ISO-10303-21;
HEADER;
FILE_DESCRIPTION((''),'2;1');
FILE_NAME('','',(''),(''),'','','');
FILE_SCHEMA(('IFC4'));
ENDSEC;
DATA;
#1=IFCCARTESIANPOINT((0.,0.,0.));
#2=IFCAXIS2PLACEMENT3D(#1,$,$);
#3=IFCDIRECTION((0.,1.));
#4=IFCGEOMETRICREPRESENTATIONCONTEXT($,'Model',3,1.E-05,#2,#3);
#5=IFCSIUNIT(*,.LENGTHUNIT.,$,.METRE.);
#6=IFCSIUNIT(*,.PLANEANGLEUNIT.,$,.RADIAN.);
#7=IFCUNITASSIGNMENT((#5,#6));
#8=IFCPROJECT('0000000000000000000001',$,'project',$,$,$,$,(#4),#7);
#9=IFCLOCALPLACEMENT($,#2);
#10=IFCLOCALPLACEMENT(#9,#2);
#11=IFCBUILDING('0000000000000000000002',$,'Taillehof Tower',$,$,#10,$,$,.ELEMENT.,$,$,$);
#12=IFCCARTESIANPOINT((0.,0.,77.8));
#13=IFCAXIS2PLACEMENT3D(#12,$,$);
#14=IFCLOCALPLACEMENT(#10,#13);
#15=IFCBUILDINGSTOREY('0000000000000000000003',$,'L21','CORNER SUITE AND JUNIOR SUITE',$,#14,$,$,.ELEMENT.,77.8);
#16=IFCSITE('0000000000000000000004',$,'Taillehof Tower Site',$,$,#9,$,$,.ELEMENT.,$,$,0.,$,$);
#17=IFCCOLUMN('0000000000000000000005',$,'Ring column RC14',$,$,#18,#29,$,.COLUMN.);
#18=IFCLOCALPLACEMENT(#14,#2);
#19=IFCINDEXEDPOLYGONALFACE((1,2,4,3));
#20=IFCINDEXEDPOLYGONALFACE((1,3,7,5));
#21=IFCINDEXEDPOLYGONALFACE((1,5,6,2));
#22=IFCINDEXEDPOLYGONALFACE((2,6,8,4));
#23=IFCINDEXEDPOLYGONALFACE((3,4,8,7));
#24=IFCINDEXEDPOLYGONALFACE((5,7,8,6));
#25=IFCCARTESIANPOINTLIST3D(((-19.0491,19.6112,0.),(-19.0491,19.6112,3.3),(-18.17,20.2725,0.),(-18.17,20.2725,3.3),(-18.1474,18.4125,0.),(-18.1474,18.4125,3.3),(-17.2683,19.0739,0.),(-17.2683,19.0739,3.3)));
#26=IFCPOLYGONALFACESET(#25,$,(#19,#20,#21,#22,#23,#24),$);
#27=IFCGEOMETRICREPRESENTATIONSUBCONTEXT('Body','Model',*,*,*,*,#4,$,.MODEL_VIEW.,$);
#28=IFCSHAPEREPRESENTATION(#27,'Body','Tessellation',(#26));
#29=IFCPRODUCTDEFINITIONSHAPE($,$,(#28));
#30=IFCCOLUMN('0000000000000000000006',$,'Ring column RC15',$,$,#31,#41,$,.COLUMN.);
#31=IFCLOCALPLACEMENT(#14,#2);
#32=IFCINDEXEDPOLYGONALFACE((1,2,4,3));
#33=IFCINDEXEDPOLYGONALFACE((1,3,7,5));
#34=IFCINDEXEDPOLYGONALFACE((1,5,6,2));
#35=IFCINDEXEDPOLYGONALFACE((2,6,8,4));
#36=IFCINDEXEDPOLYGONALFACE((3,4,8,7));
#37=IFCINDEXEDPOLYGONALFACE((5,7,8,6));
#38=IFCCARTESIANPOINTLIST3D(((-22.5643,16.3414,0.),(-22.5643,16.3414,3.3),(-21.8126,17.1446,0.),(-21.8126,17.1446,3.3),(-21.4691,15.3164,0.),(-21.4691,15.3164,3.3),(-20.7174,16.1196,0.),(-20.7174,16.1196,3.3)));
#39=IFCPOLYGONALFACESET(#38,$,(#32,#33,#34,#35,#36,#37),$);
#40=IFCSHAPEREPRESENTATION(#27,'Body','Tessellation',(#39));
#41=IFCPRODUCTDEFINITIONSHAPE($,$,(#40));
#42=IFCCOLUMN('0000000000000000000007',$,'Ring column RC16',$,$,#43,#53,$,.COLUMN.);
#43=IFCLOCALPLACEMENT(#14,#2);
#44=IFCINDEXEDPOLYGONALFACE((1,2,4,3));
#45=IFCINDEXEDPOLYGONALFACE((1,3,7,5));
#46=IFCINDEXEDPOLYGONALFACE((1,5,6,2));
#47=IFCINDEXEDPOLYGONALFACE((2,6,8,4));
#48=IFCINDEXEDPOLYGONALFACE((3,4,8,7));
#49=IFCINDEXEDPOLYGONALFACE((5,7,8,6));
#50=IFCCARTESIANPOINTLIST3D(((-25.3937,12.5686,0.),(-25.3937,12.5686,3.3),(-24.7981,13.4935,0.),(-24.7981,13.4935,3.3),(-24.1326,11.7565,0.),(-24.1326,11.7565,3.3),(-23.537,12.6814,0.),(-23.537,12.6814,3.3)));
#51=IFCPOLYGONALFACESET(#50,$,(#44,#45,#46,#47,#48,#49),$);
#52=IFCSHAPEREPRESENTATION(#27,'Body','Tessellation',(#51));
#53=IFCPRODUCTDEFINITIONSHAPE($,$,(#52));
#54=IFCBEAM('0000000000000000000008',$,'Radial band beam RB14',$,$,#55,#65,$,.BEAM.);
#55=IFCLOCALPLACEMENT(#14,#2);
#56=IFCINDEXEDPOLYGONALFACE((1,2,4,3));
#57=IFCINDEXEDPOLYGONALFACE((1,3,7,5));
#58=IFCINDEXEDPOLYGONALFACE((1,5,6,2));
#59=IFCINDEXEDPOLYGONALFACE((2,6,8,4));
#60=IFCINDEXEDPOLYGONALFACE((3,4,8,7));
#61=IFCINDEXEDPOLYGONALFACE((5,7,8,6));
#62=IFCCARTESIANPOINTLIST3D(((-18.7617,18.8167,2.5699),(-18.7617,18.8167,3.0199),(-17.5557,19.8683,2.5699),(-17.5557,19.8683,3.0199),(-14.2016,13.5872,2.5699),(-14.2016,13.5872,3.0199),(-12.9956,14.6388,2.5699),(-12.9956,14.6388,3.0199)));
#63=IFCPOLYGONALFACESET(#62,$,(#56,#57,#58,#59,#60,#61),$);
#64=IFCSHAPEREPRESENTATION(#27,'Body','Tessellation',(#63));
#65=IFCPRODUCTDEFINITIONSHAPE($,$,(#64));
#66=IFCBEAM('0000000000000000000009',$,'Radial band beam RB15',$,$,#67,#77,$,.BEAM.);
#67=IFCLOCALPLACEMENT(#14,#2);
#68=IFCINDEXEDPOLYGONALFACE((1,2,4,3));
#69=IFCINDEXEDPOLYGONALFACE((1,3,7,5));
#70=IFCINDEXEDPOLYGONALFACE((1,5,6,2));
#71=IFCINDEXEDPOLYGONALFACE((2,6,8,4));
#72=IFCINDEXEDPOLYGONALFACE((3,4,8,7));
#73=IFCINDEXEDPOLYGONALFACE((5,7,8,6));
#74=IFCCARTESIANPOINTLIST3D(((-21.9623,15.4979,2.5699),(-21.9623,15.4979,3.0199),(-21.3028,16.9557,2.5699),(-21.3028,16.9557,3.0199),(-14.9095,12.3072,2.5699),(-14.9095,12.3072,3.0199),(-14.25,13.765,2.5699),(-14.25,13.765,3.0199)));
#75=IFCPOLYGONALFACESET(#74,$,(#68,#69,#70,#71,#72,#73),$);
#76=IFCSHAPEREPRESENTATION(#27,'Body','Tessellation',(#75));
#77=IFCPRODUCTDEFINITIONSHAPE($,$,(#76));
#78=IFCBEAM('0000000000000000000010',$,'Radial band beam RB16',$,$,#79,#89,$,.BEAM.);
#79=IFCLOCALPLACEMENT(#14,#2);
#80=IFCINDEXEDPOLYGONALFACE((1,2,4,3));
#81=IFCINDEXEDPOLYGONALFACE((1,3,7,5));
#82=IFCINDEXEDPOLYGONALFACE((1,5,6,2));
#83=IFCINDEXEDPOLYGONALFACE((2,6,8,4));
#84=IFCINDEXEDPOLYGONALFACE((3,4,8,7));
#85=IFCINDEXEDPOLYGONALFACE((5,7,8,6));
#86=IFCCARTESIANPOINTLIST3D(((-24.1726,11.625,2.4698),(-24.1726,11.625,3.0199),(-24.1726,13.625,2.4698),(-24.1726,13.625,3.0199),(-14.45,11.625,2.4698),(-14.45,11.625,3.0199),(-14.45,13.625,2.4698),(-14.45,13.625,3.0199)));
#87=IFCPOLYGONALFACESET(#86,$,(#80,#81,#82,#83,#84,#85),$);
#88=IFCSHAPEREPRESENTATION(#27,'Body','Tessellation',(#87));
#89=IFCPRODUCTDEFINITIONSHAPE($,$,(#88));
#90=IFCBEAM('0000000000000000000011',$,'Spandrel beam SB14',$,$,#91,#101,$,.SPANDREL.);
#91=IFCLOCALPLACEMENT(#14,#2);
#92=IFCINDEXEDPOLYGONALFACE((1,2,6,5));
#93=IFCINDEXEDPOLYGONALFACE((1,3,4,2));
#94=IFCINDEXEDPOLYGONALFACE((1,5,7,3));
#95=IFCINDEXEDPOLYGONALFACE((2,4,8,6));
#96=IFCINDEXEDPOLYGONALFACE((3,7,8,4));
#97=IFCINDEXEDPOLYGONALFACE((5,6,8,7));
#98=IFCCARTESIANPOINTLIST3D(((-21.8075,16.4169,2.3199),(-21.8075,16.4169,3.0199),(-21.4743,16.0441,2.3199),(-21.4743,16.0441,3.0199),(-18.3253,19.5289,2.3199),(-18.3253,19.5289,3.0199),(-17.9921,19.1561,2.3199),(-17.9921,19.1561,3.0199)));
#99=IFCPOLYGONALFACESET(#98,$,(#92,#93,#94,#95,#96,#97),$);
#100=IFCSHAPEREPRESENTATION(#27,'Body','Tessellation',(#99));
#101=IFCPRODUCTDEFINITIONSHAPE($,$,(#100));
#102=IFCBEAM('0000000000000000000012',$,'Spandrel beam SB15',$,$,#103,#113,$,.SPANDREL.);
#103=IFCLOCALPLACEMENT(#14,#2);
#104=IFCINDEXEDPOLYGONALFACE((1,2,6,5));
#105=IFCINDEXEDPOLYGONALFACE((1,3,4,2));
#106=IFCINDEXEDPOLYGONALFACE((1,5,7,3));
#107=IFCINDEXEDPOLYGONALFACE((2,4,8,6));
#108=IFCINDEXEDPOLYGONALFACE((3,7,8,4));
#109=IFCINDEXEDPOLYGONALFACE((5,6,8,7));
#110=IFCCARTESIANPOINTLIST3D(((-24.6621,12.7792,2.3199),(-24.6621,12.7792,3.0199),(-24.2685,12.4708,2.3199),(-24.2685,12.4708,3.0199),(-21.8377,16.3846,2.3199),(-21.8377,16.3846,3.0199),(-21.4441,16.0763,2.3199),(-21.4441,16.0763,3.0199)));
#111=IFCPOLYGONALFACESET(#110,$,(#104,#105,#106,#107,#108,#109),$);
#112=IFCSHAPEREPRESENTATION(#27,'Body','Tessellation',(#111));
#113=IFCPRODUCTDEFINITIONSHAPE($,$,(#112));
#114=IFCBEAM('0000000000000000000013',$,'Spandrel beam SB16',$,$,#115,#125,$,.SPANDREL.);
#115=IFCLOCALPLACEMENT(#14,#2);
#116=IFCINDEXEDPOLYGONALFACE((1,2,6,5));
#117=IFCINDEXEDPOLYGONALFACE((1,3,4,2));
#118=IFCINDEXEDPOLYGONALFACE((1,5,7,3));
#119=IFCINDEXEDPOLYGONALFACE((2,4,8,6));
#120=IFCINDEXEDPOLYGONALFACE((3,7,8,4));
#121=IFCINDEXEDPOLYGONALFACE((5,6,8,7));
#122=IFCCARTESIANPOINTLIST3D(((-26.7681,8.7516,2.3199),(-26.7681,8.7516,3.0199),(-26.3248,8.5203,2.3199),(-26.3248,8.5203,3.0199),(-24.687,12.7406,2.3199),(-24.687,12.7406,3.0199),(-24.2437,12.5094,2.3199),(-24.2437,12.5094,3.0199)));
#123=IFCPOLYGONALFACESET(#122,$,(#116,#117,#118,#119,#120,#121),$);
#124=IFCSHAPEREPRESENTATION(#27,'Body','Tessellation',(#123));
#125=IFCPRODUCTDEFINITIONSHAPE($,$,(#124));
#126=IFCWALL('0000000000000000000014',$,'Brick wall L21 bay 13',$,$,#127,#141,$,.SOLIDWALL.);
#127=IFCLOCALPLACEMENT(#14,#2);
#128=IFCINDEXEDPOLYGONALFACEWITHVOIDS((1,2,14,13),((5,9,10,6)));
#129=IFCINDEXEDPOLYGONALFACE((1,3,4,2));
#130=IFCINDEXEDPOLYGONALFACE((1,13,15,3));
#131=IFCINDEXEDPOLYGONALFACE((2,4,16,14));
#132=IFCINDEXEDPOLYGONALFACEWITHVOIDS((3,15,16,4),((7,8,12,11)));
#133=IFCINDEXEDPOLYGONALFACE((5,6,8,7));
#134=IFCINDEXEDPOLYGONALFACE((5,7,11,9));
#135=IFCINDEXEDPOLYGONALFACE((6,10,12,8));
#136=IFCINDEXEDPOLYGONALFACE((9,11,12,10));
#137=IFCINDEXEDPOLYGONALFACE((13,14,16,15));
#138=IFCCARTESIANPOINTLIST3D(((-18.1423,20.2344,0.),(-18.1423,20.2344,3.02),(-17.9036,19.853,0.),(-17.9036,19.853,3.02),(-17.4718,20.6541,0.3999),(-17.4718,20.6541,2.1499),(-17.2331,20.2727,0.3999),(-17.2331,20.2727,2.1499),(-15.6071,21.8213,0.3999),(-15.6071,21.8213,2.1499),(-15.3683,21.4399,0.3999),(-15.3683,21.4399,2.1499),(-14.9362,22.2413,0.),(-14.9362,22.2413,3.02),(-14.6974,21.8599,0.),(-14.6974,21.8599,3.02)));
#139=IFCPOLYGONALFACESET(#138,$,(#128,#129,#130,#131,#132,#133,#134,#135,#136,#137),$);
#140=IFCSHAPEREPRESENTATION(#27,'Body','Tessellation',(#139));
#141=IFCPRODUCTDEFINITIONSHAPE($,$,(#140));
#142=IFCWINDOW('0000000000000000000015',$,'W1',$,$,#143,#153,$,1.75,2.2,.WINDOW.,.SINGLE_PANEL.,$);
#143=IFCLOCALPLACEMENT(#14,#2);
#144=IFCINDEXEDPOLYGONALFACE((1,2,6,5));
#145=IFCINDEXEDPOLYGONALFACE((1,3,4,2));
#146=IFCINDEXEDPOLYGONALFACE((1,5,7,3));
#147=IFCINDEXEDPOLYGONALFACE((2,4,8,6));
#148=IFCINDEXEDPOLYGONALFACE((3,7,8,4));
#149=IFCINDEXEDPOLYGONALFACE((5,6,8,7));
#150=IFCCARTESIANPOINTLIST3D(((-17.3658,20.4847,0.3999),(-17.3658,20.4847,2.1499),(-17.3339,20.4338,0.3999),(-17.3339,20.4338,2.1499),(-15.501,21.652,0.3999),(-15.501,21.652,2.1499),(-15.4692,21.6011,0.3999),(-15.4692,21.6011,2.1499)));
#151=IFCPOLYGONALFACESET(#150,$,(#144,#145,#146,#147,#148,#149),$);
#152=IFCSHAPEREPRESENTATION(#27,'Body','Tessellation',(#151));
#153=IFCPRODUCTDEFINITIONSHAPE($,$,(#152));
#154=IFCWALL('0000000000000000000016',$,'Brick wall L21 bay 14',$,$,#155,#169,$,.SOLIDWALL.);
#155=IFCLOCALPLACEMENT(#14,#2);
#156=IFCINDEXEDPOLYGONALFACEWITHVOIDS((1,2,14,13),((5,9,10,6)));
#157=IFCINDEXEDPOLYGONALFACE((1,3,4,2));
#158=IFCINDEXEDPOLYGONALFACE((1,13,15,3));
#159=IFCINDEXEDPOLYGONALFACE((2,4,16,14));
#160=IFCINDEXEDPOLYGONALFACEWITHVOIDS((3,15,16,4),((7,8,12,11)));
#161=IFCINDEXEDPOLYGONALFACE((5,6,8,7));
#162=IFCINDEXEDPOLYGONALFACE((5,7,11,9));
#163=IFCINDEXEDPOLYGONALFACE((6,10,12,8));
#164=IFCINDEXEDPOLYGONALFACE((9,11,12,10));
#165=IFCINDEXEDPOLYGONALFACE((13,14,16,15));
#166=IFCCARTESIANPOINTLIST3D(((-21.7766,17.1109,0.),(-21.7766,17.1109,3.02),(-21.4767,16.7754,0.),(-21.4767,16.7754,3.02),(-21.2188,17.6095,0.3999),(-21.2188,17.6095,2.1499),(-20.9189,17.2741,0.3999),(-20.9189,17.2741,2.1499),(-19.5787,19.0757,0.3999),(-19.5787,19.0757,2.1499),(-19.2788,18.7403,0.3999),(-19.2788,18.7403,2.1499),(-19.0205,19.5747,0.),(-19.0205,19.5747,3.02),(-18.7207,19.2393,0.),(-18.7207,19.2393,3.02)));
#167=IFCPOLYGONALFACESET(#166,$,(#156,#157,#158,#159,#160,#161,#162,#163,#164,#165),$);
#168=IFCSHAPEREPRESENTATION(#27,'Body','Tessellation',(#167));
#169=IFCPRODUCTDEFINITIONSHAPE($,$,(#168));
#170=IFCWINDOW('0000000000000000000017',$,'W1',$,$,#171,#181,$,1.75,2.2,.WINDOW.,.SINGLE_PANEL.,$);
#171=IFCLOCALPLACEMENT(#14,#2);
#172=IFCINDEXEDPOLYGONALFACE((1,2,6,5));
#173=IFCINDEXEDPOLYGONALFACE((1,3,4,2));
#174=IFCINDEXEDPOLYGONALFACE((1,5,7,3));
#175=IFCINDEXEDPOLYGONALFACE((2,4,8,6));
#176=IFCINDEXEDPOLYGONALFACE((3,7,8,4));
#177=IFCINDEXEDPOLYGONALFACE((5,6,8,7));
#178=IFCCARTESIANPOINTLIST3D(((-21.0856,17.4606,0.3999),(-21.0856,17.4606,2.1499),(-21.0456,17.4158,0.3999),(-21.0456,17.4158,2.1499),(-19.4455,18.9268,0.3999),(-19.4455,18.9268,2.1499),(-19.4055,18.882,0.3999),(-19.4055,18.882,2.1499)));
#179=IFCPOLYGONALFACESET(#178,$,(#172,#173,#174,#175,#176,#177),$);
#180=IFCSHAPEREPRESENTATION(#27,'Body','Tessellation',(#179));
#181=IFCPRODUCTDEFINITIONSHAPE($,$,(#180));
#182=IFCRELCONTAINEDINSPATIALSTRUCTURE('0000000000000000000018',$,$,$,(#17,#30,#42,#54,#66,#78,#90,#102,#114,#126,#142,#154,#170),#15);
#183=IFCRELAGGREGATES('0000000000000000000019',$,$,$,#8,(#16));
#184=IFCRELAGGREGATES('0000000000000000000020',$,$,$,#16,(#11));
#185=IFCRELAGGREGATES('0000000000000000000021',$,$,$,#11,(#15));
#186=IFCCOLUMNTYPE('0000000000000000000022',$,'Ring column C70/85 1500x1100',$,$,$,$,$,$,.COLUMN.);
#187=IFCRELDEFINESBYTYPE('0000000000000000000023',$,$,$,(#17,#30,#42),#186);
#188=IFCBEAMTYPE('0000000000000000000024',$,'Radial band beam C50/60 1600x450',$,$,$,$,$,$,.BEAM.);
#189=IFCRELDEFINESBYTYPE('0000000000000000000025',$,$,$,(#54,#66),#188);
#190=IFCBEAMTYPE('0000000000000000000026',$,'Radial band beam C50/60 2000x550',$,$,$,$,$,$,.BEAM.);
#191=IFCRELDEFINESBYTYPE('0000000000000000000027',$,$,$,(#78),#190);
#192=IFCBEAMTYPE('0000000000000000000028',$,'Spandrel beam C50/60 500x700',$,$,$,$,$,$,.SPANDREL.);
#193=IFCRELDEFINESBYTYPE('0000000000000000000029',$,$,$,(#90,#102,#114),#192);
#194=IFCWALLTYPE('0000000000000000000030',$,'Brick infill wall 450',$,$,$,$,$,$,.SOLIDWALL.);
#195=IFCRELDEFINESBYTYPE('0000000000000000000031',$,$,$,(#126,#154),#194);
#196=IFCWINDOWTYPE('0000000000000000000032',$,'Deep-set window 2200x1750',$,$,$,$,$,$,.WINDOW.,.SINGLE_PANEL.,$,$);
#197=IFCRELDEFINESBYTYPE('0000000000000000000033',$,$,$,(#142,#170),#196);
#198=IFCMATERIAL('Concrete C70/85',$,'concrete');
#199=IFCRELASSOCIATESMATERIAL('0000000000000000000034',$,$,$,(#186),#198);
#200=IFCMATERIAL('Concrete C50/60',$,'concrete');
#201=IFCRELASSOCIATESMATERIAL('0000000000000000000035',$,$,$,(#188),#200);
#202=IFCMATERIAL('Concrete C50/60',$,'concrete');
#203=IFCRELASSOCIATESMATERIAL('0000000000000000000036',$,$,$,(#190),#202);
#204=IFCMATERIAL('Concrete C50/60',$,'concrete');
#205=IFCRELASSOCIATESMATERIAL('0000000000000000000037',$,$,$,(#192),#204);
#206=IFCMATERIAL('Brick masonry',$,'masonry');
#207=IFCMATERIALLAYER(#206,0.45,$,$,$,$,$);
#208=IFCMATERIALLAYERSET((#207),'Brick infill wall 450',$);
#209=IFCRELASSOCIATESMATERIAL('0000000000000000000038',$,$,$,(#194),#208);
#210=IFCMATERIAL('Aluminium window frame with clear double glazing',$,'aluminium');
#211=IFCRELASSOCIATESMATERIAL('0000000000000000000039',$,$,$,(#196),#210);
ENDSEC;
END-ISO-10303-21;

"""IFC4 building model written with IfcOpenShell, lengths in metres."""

from ifc_helpers import new_model, si_unit, direction, frame, frame_2d, origin, origin_2d, place, context, subcontext, project, spatial, rectangle, extrude, material, layer, layer_set, material_profile, profile_set, type_object, element, fill, save


model = new_model("IFC4")

# Units and contexts
model_context = context("Model", 3, precision=1e-05, world=origin(), true_north=direction((0.0, 1.0)))
body_context = subcontext(model_context, "Body", "Model", "MODEL_VIEW")
ifc_project = project(units=[si_unit("LENGTHUNIT", "METRE"), si_unit("PLANEANGLEUNIT", "RADIAN")], contexts=[model_context])

# Site, building, storey
site_placement = place(None, origin())
site = spatial("IfcSite", under=ifc_project, at=site_placement, Name="Taillehof Tower Site", CompositionType="ELEMENT", RefElevation=0.0)
building_placement = place(site_placement, origin())
building = spatial("IfcBuilding", under=site, at=building_placement, Name="Taillehof Tower", CompositionType="ELEMENT")
storey_placement = place(building_placement, frame((0.0, 0.0, 77.8)))
storey = spatial("IfcBuildingStorey", under=building, at=storey_placement, Name="L21", Description="CORNER SUITE AND JUNIOR SUITE", CompositionType="ELEMENT", Elevation=77.8)

# Columns
ifc_material_1 = material(Name="Concrete C70/85", Category="concrete")
ifc_material_profile_1 = material_profile(ifc_material_1, rectangle(XDim=1.5, YDim=1.1001, at=origin_2d()), Name="RC 1500x1100")
ifc_profile_set_1 = profile_set([ifc_material_profile_1], Name="Concrete C70/85")
column_type = type_object("IfcColumnType", Name="Ring column C70/85 1500x1100", PredefinedType="COLUMN", material=ifc_profile_set_1)
for number, where, z_axis, x_axis, name in (
    (1, (-18.1587, 19.3425, 0.0), (0.0, 0.0, 1.0), (-0.601174, 0.799118, 0.0), "Ring column RC14"),
    (2, (-21.6409, 16.2305, 0.0), (0.0, 0.0, 1.0), (-0.730113, 0.683326, 0.0), "Ring column RC15"),
    (3, (-24.4653, 12.625, 0.0), (0.0, 0.0, 1.0), (-0.840754, 0.541418, 0.0), "Ring column RC16"),
):
    element("IfcColumn", number, at=place(storey_placement, frame(where, z_axis=z_axis, x_axis=x_axis)), inside=storey, type_object=column_type, Name=name, PredefinedType="COLUMN", context=body_context, shape_type="SweptSolid", body=[
        extrude(rectangle(XDim=1.5, YDim=1.1001, at=origin_2d()), origin(), (0.0, 0.0, 1.0), 3.3),
    ])

# Beams
ifc_material_2 = material(Name="Concrete C50/60", Category="concrete")
ifc_material_profile_2 = material_profile(ifc_material_2, rectangle(XDim=1.6001, YDim=0.45, at=origin_2d()), Name="RC 1600x450")
ifc_profile_set_2 = profile_set([ifc_material_profile_2], Name="Concrete C50/60")
beam_type_1 = type_object("IfcBeamType", Name="Radial band beam C50/60 1600x450", PredefinedType="BEAM", material=ifc_profile_set_2)
beam_1_placement = place(storey_placement, frame((-18.1587, 19.3425, 2.7949), z_axis=(0.657218, -0.7537, 0.0), x_axis=(0.7537, 0.657218, 0.0)))
element("IfcBeam", 4, at=beam_1_placement, inside=storey, type_object=beam_type_1, Name="Radial band beam RB14", PredefinedType="BEAM", context=body_context, shape_type="SweptSolid", body=[
    extrude(rectangle(XDim=1.6001, YDim=0.45, at=origin_2d()), origin(), (0.0, 0.0, 1.0), 6.9385),
])
beam_2_placement = place(storey_placement, frame((-21.6326, 16.2268, 2.7949), z_axis=(0.911101, -0.412184, 0.0), x_axis=(0.412184, 0.911101, 0.0)))
element("IfcBeam", 5, at=beam_2_placement, inside=storey, type_object=beam_type_1, Name="Radial band beam RB15", PredefinedType="BEAM", context=body_context, shape_type="SweptSolid", body=[
    extrude(rectangle(XDim=1.6001, YDim=0.45, at=origin_2d()), origin(), (0.0, 0.0, 1.0), 7.741),
])
ifc_material_3 = material(Name="Concrete C50/60", Category="concrete")
ifc_material_profile_3 = material_profile(ifc_material_3, rectangle(XDim=2.0, YDim=0.55, at=origin_2d()), Name="RC 2000x550")
ifc_profile_set_3 = profile_set([ifc_material_profile_3], Name="Concrete C50/60")
beam_type_2 = type_object("IfcBeamType", Name="Radial band beam C50/60 2000x550", PredefinedType="BEAM", material=ifc_profile_set_3)
beam_3_placement = place(storey_placement, frame((-24.1726, 12.625, 2.7449), z_axis=(1.0, 0.0, 0.0), x_axis=(0.0, 1.0, 0.0)))
element("IfcBeam", 6, at=beam_3_placement, inside=storey, type_object=beam_type_2, Name="Radial band beam RB16", PredefinedType="BEAM", context=body_context, shape_type="SweptSolid", body=[
    extrude(rectangle(XDim=2.0, YDim=0.55, at=origin_2d()), origin(), (0.0, 0.0, 1.0), 9.7227),
])
ifc_material_4 = material(Name="Concrete C50/60", Category="concrete")
ifc_material_profile_4 = material_profile(ifc_material_4, rectangle(XDim=0.5, YDim=0.7, at=origin_2d()), Name="RC 500x700")
ifc_profile_set_4 = profile_set([ifc_material_profile_4], Name="Concrete C50/60")
beam_type_3 = type_object("IfcBeamType", Name="Spandrel beam C50/60 500x700", PredefinedType="SPANDREL", material=ifc_profile_set_4)
beam_4_placement = place(storey_placement, frame((-18.1587, 19.3425, 2.6699), z_axis=(-0.745621, -0.66637, 0.0), x_axis=(0.66637, -0.745621, 0.0)))
element("IfcBeam", 7, at=beam_4_placement, inside=storey, type_object=beam_type_3, Name="Spandrel beam SB14", PredefinedType="SPANDREL", context=body_context, shape_type="SweptSolid", body=[
    extrude(rectangle(XDim=0.5, YDim=0.7, at=origin_2d()), origin(), (0.0, 0.0, 1.0), 4.6702),
])
beam_5_placement = place(storey_placement, frame((-21.6409, 16.2305, 2.6699), z_axis=(-0.616686, -0.787209, 0.0), x_axis=(0.787209, -0.616686, 0.0)))
element("IfcBeam", 8, at=beam_5_placement, inside=storey, type_object=beam_type_3, Name="Spandrel beam SB15", PredefinedType="SPANDREL", context=body_context, shape_type="SweptSolid", body=[
    extrude(rectangle(XDim=0.5, YDim=0.7, at=origin_2d()), origin(), (0.0, 0.0, 1.0), 4.5801),
])
beam_6_placement = place(storey_placement, frame((-24.4653, 12.625, 2.6699), z_axis=(-0.462536, -0.8866, 0.0), x_axis=(0.8866, -0.462536, 0.0)))
element("IfcBeam", 9, at=beam_6_placement, inside=storey, type_object=beam_type_3, Name="Spandrel beam SB16", PredefinedType="SPANDREL", context=body_context, shape_type="SweptSolid", body=[
    extrude(rectangle(XDim=0.5, YDim=0.7, at=origin_2d()), origin(), (0.0, 0.0, 1.0), 4.4993),
])

# Walls, openings, windows
ifc_material_5 = material(Name="Brick masonry", Category="masonry")
ifc_layer_1 = layer(ifc_material_5, 0.45)
ifc_layer_set_1 = layer_set([ifc_layer_1], Name="Brick infill wall 450")
wall_type_1 = type_object("IfcWallType", Name="Brick infill wall 450", PredefinedType="SOLIDWALL", material=ifc_layer_set_1)
wall_1_placement = place(storey_placement, frame((-14.8169, 22.0505, 0.0), z_axis=(0.0, 0.0, 1.0), x_axis=(-0.847635, -0.530579, 0.0)))
wall_1 = element("IfcWall", 10, at=wall_1_placement, inside=storey, type_object=wall_type_1, Name="Brick wall L21 bay 13", PredefinedType="SOLIDWALL", context=body_context, shape_type="SweptSolid", body=[
    extrude(rectangle(XDim=3.7825, YDim=0.45, at=frame_2d((1.8911, 0.0))), origin(), (0.0, 0.0, 1.0), 3.02),
])
opening_1_placement = place(wall_1_placement, frame((0.7913, 0.0, 0.3999)))
opening_1 = element("IfcOpeningElement", 11, at=opening_1_placement, cuts=wall_1, PredefinedType="OPENING", context=body_context, shape_type="SweptSolid", body=[
    extrude(rectangle(XDim=2.2, YDim=1.75, at=frame_2d((1.1001, 0.875))), frame((0.0, 0.2349, 0.0), z_axis=(0.0, -1.0, 0.0), x_axis=(1.0, 0.0, 0.0)), (0.0, 0.0, 1.0), 0.47),
])
ifc_material_6 = material(Name="Aluminium window frame with clear double glazing", Category="aluminium")
window_type_1 = type_object("IfcWindowType", Name="Deep-set window 2200x1750", PartitioningType="SINGLE_PANEL", PredefinedType="WINDOW", material=ifc_material_6)
window_1_placement = place(opening_1_placement, origin())
window_1 = element("IfcWindow", 12, at=window_1_placement, inside=storey, type_object=window_type_1, Name="W1", OverallHeight=1.75, OverallWidth=2.2, PartitioningType="SINGLE_PANEL", PredefinedType="WINDOW", context=body_context, shape_type="SweptSolid", body=[
    extrude(rectangle(XDim=2.2, YDim=1.75, at=frame_2d((1.1001, 0.875))), frame((0.0, 0.0349, 0.0), z_axis=(0.0, -1.0, 0.0), x_axis=(1.0, 0.0, 0.0)), (0.0, 0.0, 1.0), 0.0601),
])
fill(opening_1, window_1)
wall_2_placement = place(storey_placement, frame((-18.8706, 19.407, 0.0), z_axis=(0.0, 0.0, 1.0), x_axis=(-0.745526, -0.666476, 0.0)))
wall_2 = element("IfcWall", 13, at=wall_2_placement, inside=storey, type_object=wall_type_1, Name="Brick wall L21 bay 14", PredefinedType="SOLIDWALL", context=body_context, shape_type="SweptSolid", body=[
    extrude(rectangle(XDim=3.6968, YDim=0.45, at=frame_2d((1.8484, 0.0))), origin(), (0.0, 0.0, 1.0), 3.02),
])
opening_2_placement = place(wall_2_placement, frame((0.7485, 0.0, 0.3999)))
opening_2 = element("IfcOpeningElement", 14, at=opening_2_placement, cuts=wall_2, PredefinedType="OPENING", context=body_context, shape_type="SweptSolid", body=[
    extrude(rectangle(XDim=2.2, YDim=1.75, at=frame_2d((1.1001, 0.875))), frame((0.0, 0.2349, 0.0), z_axis=(0.0, -1.0, 0.0), x_axis=(1.0, 0.0, 0.0)), (0.0, 0.0, 1.0), 0.47),
])
window_2_placement = place(opening_2_placement, origin())
window_2 = element("IfcWindow", 15, at=window_2_placement, inside=storey, type_object=window_type_1, Name="W1", OverallHeight=1.75, OverallWidth=2.2, PartitioningType="SINGLE_PANEL", PredefinedType="WINDOW", context=body_context, shape_type="SweptSolid", body=[
    extrude(rectangle(XDim=2.2, YDim=1.75, at=frame_2d((1.1001, 0.875))), frame((0.0, 0.0349, 0.0), z_axis=(0.0, -1.0, 0.0), x_axis=(1.0, 0.0, 0.0)), (0.0, 0.0, 1.0), 0.0601),
])
fill(opening_2, window_2)

save(model, "model.ifc")
